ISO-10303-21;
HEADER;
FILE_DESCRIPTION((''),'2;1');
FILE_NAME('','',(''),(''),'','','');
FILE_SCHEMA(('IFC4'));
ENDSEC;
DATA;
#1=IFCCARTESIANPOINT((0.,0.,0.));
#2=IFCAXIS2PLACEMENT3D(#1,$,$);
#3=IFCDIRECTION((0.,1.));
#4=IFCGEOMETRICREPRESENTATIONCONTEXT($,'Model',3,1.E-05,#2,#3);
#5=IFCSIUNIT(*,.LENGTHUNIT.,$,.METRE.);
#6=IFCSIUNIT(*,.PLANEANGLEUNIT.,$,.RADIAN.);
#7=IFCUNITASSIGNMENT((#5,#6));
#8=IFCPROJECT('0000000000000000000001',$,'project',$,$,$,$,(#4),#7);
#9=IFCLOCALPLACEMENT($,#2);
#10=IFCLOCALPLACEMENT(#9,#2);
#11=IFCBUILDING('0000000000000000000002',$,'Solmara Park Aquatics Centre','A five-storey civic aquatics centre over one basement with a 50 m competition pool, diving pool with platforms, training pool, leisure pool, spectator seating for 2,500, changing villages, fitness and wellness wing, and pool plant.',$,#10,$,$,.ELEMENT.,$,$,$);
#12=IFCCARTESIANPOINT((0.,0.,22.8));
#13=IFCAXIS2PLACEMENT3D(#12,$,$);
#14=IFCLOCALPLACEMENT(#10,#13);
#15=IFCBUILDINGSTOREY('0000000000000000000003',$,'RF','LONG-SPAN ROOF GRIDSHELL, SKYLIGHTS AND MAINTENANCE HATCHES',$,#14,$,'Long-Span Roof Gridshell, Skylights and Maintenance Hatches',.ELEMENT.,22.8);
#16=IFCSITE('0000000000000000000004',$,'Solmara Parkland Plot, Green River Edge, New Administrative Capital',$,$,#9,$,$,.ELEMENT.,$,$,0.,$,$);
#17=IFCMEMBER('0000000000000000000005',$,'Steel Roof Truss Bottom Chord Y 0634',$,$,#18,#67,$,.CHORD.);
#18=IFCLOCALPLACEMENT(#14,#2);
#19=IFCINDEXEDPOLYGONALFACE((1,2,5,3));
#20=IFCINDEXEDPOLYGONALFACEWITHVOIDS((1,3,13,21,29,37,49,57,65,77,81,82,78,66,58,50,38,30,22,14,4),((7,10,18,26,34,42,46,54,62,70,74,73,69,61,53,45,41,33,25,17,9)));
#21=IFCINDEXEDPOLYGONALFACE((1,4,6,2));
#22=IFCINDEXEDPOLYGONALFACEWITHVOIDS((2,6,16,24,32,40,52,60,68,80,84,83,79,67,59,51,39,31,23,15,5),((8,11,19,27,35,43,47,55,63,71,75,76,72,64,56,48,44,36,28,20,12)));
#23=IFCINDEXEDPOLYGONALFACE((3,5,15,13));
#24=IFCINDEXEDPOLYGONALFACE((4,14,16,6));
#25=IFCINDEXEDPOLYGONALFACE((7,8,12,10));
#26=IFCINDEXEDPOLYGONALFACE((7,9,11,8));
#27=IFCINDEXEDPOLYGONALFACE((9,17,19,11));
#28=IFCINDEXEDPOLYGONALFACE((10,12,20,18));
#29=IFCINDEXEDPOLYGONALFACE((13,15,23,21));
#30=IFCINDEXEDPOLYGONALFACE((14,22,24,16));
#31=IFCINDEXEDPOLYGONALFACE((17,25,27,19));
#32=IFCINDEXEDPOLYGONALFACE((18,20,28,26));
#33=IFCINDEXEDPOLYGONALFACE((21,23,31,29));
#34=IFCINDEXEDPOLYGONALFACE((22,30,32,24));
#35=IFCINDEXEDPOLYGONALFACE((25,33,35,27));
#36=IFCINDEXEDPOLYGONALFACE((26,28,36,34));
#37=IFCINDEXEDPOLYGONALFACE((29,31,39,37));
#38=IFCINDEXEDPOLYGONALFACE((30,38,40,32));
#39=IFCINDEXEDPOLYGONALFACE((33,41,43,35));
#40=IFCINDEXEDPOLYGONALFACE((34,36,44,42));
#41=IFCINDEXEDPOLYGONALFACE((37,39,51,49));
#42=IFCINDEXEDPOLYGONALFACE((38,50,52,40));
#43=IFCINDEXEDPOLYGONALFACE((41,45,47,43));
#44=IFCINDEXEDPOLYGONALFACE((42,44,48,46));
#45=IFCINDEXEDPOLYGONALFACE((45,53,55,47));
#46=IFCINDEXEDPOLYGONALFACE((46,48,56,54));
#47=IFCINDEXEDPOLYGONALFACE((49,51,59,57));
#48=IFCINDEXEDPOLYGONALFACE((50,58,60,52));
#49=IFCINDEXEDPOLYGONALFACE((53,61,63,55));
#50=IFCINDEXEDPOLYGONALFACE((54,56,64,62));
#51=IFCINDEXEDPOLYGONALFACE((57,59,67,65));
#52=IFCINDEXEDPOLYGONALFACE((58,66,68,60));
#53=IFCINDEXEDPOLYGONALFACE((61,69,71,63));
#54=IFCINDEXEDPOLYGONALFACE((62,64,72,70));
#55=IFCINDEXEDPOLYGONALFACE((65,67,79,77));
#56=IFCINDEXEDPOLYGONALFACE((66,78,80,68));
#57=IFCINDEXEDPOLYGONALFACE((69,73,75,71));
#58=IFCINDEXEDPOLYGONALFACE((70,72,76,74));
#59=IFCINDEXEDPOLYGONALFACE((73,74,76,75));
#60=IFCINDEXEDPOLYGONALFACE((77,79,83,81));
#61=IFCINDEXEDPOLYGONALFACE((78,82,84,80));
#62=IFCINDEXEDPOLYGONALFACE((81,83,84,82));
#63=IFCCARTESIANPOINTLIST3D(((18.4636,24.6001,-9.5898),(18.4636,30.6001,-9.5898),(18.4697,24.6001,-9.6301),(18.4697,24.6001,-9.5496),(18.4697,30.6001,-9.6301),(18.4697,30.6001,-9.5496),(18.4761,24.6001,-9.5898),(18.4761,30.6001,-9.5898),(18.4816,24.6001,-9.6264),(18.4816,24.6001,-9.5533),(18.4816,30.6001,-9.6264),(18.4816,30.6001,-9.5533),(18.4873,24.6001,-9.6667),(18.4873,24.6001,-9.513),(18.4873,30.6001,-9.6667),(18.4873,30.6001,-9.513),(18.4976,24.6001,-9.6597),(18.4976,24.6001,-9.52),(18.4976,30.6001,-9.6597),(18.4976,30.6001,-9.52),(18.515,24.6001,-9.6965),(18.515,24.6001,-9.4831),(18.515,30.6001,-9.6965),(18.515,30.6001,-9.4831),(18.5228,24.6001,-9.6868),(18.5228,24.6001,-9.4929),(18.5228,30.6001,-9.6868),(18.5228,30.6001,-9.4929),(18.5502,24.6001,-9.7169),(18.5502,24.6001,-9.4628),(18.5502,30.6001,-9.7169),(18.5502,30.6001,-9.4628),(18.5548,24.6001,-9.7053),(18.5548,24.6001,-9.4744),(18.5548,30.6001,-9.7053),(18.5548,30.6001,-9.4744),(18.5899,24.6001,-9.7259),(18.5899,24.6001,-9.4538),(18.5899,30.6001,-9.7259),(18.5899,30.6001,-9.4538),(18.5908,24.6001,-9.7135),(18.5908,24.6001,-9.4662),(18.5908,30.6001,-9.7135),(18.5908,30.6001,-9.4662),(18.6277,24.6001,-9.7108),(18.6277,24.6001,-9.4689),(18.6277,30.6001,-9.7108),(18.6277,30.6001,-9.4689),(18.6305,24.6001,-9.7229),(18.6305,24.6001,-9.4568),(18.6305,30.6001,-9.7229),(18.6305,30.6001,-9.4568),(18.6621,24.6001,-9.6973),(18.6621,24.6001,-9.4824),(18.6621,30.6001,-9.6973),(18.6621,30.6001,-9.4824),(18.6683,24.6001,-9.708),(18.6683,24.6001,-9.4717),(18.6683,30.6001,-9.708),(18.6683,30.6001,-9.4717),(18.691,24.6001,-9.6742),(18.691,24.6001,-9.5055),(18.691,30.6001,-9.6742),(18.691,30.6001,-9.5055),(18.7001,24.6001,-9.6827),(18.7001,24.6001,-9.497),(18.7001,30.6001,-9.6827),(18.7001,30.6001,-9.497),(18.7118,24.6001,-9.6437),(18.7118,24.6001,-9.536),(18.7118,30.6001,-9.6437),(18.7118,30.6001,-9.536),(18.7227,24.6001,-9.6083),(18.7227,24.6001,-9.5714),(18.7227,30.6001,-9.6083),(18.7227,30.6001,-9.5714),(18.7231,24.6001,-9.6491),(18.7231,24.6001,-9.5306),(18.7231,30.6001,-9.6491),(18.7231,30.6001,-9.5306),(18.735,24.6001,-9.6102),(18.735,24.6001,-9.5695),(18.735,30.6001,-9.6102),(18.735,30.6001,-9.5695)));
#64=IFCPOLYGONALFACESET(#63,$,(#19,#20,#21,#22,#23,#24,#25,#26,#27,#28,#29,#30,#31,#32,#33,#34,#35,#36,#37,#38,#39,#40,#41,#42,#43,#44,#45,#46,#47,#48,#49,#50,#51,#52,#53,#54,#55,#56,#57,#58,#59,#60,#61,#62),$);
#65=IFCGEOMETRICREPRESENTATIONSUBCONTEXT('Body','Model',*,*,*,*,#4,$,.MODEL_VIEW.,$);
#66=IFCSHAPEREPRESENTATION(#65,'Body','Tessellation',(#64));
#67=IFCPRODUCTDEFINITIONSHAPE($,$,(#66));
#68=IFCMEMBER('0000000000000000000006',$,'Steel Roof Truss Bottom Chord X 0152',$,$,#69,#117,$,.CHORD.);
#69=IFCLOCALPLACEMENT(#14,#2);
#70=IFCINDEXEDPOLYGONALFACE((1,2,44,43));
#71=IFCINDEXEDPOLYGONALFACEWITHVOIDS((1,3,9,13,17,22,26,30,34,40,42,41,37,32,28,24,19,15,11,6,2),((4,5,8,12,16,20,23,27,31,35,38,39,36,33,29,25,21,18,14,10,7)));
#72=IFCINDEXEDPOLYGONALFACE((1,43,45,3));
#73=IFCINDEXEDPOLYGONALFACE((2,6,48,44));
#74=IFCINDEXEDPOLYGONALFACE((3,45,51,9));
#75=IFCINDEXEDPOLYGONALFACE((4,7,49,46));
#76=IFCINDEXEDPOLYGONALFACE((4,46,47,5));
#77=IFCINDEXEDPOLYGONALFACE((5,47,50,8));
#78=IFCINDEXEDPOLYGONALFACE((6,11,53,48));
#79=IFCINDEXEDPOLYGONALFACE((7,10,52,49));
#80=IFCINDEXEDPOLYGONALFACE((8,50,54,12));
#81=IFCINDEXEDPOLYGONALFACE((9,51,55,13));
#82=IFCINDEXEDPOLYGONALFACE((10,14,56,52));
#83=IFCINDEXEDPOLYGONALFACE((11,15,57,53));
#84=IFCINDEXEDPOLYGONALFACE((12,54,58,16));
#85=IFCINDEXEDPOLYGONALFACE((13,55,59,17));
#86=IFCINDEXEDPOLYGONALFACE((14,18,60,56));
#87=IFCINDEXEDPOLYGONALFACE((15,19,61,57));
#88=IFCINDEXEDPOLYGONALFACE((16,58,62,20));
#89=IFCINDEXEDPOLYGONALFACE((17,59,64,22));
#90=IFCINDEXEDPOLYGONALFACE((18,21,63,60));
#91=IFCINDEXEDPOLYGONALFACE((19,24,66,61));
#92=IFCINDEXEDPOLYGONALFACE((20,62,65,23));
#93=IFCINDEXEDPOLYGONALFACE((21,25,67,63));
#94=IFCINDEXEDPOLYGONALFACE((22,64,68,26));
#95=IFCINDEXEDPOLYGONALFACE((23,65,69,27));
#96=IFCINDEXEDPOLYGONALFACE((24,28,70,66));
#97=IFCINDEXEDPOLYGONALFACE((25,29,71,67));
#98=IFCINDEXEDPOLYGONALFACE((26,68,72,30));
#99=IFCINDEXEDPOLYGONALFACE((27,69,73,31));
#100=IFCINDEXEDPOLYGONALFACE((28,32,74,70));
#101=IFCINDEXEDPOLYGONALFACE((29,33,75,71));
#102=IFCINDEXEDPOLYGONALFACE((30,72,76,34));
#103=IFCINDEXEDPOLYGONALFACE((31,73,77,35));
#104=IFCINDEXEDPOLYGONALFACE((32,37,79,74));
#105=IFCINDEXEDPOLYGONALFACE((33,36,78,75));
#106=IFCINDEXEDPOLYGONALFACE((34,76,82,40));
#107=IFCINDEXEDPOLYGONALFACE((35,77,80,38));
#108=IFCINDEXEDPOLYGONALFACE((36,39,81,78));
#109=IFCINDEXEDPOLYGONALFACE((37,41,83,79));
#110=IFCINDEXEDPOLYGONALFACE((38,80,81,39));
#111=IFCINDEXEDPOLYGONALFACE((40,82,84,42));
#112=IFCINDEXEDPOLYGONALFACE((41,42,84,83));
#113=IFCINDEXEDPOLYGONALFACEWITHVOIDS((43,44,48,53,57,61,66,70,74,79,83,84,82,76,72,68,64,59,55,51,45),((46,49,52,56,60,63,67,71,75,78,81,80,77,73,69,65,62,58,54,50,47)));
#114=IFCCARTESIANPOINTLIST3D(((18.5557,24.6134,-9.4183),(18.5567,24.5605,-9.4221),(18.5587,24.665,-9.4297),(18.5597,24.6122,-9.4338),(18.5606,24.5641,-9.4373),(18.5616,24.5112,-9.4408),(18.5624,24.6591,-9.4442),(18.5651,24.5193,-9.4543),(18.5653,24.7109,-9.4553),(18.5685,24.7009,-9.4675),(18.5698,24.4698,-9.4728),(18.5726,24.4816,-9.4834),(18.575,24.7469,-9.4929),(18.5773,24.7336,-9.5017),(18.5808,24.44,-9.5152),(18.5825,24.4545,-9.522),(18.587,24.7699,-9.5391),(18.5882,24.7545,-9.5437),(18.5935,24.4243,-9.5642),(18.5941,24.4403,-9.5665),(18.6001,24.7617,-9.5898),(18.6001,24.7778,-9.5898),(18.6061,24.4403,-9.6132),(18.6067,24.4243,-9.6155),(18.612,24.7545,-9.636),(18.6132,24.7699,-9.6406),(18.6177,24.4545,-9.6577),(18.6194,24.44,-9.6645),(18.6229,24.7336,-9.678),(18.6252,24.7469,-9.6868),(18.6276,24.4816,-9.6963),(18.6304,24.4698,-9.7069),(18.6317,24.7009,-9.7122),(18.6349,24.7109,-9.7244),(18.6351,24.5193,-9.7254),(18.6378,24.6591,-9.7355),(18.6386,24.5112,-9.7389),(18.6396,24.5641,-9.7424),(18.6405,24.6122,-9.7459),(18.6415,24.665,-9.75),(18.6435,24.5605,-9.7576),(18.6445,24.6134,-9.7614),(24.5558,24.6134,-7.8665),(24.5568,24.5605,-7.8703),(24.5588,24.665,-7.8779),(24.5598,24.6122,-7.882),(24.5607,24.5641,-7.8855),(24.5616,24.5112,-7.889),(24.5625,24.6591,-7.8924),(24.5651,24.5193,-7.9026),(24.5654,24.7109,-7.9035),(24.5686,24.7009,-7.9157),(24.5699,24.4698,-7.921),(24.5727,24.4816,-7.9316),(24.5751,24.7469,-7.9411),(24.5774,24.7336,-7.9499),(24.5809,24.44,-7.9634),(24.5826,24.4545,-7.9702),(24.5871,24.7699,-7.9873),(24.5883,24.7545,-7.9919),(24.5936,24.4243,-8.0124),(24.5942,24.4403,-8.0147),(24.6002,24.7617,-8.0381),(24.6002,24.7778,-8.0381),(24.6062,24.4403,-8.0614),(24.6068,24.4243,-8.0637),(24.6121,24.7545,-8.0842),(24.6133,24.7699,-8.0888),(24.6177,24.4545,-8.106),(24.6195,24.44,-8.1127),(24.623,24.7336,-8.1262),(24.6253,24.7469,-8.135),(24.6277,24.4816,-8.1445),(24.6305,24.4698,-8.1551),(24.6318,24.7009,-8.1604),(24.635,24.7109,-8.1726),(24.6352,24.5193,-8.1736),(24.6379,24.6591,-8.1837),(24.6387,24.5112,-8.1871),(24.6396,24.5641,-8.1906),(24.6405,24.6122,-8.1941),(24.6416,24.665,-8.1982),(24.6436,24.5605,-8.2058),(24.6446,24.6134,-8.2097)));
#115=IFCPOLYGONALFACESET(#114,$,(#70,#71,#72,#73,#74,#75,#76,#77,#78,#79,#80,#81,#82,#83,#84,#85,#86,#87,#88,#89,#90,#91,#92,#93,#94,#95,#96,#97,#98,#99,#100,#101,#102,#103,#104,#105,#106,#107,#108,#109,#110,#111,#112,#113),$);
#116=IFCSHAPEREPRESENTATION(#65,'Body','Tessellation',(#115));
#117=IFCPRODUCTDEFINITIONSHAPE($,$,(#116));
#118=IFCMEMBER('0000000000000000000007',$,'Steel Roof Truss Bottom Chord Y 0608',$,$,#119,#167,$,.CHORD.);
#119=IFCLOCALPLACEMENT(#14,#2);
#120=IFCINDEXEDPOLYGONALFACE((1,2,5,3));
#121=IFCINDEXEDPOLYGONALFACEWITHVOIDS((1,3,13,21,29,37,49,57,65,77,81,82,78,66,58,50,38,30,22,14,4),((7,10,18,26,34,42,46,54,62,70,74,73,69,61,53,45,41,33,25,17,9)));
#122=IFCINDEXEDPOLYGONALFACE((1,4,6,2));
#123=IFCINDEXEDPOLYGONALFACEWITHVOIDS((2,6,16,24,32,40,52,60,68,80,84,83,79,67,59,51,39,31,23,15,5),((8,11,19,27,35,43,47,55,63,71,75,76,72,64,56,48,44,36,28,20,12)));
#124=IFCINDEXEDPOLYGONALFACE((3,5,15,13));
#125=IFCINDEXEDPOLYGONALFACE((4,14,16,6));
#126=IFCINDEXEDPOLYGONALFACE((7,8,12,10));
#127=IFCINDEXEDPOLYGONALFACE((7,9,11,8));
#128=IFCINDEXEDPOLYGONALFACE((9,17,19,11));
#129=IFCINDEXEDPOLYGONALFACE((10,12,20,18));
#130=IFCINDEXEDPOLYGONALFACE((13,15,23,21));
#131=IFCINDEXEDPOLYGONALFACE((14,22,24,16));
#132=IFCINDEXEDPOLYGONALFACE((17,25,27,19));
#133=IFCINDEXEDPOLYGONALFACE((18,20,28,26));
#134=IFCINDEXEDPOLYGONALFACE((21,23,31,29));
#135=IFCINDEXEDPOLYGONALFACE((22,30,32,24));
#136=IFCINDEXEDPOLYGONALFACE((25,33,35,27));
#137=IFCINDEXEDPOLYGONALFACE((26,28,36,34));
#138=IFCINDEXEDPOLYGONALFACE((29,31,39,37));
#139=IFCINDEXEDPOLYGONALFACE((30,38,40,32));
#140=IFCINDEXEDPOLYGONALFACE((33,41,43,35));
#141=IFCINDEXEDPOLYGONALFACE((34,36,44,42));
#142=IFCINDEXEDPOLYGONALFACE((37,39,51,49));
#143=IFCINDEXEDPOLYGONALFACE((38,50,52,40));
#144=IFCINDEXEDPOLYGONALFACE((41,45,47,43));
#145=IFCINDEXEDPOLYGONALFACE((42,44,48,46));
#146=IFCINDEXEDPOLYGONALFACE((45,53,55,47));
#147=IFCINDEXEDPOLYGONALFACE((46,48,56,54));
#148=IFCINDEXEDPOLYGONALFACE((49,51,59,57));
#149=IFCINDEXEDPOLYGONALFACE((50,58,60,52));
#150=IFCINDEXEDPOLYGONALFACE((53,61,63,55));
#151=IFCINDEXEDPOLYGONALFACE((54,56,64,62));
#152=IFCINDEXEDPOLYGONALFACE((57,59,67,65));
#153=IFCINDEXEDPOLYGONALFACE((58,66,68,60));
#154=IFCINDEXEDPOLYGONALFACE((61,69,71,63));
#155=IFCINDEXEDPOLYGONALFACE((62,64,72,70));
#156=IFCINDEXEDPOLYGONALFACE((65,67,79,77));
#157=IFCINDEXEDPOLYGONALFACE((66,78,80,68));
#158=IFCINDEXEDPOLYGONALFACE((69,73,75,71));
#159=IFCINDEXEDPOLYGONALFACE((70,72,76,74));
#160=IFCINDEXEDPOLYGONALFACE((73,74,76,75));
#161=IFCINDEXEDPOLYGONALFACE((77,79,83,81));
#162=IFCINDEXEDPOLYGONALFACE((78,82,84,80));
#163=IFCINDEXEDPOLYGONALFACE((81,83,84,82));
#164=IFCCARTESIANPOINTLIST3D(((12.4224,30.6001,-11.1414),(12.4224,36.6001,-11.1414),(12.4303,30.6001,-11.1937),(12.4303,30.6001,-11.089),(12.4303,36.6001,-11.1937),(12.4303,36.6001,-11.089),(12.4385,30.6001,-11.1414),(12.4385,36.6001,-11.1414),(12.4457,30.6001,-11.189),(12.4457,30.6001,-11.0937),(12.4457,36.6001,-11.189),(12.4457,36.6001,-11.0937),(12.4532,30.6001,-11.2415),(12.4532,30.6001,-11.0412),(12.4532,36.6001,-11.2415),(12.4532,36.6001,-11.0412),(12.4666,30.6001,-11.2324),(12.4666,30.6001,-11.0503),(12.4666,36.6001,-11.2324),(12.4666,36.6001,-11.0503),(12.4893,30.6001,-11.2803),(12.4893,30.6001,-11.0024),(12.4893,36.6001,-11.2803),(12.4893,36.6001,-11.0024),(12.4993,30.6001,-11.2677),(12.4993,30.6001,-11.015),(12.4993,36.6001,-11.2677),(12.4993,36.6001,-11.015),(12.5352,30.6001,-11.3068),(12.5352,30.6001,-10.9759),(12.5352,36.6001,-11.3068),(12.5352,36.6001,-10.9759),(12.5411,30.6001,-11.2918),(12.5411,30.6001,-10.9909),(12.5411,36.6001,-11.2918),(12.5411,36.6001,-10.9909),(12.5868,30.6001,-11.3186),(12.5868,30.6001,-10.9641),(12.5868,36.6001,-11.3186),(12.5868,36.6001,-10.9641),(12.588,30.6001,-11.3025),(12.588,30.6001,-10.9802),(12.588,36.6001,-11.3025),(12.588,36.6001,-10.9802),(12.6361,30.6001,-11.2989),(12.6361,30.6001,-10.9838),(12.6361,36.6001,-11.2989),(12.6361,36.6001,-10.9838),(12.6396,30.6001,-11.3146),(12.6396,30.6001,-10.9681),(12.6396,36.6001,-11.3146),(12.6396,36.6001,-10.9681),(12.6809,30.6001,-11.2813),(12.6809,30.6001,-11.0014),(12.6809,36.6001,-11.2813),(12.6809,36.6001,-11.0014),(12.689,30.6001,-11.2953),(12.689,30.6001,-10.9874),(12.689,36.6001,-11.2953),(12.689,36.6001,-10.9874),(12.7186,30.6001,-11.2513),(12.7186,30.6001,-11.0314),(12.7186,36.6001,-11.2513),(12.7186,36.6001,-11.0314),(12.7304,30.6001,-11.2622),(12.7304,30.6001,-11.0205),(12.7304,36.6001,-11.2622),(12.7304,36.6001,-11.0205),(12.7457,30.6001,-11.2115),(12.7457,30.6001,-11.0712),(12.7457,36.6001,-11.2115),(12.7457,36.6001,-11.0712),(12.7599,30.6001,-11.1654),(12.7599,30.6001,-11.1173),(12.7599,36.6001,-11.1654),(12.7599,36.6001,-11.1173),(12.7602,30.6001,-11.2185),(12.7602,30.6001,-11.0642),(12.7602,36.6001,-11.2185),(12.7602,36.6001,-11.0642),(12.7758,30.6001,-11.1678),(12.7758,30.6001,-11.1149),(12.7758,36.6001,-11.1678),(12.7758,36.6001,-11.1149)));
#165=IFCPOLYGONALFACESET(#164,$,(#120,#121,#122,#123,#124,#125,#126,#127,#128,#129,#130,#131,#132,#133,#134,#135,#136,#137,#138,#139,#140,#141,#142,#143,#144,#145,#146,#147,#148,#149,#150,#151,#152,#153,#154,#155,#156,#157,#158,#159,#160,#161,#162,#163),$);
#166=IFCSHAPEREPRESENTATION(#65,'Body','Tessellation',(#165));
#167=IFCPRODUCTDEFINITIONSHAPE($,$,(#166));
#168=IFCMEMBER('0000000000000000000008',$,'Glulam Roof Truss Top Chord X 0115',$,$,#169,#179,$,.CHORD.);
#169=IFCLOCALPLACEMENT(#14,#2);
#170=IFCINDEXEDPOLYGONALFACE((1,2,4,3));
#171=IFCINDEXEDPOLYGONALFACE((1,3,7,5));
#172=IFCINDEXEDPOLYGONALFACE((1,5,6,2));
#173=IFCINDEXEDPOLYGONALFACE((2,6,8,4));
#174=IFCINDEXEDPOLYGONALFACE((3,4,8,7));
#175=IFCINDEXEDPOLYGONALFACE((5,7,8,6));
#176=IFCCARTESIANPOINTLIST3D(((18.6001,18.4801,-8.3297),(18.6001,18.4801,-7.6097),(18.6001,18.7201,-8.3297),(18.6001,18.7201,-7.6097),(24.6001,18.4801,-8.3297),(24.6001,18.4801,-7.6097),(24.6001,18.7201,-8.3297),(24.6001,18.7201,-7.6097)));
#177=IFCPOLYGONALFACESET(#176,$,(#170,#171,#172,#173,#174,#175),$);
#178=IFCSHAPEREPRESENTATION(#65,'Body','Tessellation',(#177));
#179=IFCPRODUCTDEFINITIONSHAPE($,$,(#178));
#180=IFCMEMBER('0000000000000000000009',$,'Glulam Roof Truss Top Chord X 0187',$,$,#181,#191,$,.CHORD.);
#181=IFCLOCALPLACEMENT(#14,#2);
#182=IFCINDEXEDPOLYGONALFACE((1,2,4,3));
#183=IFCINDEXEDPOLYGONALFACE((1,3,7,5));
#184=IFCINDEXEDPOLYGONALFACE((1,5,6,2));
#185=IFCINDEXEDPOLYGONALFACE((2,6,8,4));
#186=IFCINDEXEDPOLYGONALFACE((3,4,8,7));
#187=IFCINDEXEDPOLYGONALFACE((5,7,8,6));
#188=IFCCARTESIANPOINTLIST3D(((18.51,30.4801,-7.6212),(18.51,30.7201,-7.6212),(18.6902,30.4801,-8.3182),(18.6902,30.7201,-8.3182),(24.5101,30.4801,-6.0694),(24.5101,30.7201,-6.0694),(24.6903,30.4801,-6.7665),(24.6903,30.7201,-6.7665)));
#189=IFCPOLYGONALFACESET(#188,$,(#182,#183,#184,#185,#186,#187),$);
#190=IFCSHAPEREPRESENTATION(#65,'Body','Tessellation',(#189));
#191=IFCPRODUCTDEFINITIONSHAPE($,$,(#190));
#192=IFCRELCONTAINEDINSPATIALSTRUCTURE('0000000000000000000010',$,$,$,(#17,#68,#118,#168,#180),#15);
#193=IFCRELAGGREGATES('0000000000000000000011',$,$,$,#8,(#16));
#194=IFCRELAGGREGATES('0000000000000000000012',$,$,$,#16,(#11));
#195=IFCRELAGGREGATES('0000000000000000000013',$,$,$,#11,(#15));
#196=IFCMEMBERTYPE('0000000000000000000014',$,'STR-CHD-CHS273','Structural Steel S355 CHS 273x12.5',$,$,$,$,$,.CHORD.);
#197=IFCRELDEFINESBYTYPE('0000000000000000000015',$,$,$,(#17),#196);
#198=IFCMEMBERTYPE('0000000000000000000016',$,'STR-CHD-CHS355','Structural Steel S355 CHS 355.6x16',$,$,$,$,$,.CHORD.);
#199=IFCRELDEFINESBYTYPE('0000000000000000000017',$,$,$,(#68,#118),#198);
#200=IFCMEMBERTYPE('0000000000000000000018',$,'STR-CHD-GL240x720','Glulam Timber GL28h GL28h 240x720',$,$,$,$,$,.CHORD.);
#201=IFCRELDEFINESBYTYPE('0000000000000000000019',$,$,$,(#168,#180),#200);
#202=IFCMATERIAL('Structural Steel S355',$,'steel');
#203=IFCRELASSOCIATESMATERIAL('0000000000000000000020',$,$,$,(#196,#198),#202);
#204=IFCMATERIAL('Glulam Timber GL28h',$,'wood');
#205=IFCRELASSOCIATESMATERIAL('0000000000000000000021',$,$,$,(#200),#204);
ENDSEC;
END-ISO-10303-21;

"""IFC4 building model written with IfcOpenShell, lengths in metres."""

from ifc_helpers import new_model, si_unit, direction, frame, origin, origin_2d, place, context, subcontext, project, spatial, rectangle, hollow_circle, extrude, material, material_profile, profile_set, type_object, element, save


model = new_model("IFC4")

# Units and contexts
model_context = context("Model", 3, precision=1e-05, world=origin(), true_north=direction((0.0, 1.0)))
body_context = subcontext(model_context, "Body", "Model", "MODEL_VIEW")
ifc_project = project(units=[si_unit("LENGTHUNIT", "METRE"), si_unit("PLANEANGLEUNIT", "RADIAN")], contexts=[model_context])

# Site, building, storey
site_placement = place(None, origin())
site = spatial("IfcSite", under=ifc_project, at=site_placement, Name="Solmara Parkland Plot, Green River Edge, New Administrative Capital", CompositionType="ELEMENT", RefElevation=0.0)
building_placement = place(site_placement, origin())
building = spatial("IfcBuilding", under=site, at=building_placement, Name="Solmara Park Aquatics Centre", Description="A five-storey civic aquatics centre over one basement with a 50 m competition pool, diving pool with platforms, training pool, leisure pool, spectator seating for 2,500, changing villages, fitness and wellness wing, and pool plant.", CompositionType="ELEMENT")
storey_placement = place(building_placement, frame((0.0, 0.0, 22.8)))
storey = spatial("IfcBuildingStorey", under=building, at=storey_placement, Name="RF", Description="LONG-SPAN ROOF GRIDSHELL, SKYLIGHTS AND MAINTENANCE HATCHES", LongName="Long-Span Roof Gridshell, Skylights and Maintenance Hatches", CompositionType="ELEMENT", Elevation=22.8)

# Members
ifc_material_1 = material(Name="Structural Steel S355", Category="steel")
ifc_material_profile_1 = material_profile(ifc_material_1, hollow_circle(Radius=0.1365, WallThickness=0.0125, at=origin_2d()), Name="CHS 273x12.5")
ifc_profile_set_1 = profile_set([ifc_material_profile_1], Name="Structural Steel S355")
member_type_1 = type_object("IfcMemberType", Name="STR-CHD-CHS273", Description="Structural Steel S355 CHS 273x12.5", PredefinedType="CHORD", material=ifc_profile_set_1)
for number, where, z_axis, x_axis, name in (
    (1, (18.6001, 24.6001, -9.5898), (0.0, 1.0, 0.0), (-1.0, 0.0, 0.0), "Steel Roof Truss Bottom Chord Y 0634"),
):
    element("IfcMember", number, at=place(storey_placement, frame(where, z_axis=z_axis, x_axis=x_axis)), inside=storey, type_object=member_type_1, Name=name, PredefinedType="CHORD", context=body_context, shape_type="SweptSolid", body=[
        extrude(hollow_circle(Radius=0.1365, WallThickness=0.0125, at=origin_2d()), origin(), (0.0, 0.0, 1.0), 6.0),
    ])
ifc_material_profile_2 = material_profile(ifc_material_1, hollow_circle(Radius=0.1777, WallThickness=0.0161, at=origin_2d()), Name="CHS 355.6x16")
ifc_profile_set_2 = profile_set([ifc_material_profile_2], Name="Structural Steel S355")
member_type_2 = type_object("IfcMemberType", Name="STR-CHD-CHS355", Description="Structural Steel S355 CHS 355.6x16", PredefinedType="CHORD", material=ifc_profile_set_2)
member_1_placement = place(storey_placement, frame((18.6001, 24.6001, -9.5898), z_axis=(0.968146, 0.0, 0.250388), x_axis=(0.0, 1.0, 0.0)))
element("IfcMember", 2, at=member_1_placement, inside=storey, type_object=member_type_2, Name="Steel Roof Truss Bottom Chord X 0152", PredefinedType="CHORD", context=body_context, shape_type="SweptSolid", body=[
    extrude(hollow_circle(Radius=0.1777, WallThickness=0.0161, at=origin_2d()), origin(), (0.0, 0.0, 1.0), 6.1975),
])
member_2_placement = place(storey_placement, frame((12.6001, 30.6001, -11.1414), z_axis=(0.0, 1.0, 0.0), x_axis=(-1.0, 0.0, 0.0)))
element("IfcMember", 3, at=member_2_placement, inside=storey, type_object=member_type_2, Name="Steel Roof Truss Bottom Chord Y 0608", PredefinedType="CHORD", context=body_context, shape_type="SweptSolid", body=[
    extrude(hollow_circle(Radius=0.1777, WallThickness=0.0161, at=origin_2d()), origin(), (0.0, 0.0, 1.0), 6.0),
])
ifc_material_2 = material(Name="Glulam Timber GL28h", Category="wood")
ifc_material_profile_3 = material_profile(ifc_material_2, rectangle(XDim=0.24, YDim=0.72, at=origin_2d()), Name="GL28h 240x720")
ifc_profile_set_3 = profile_set([ifc_material_profile_3], Name="Glulam Timber GL28h")
member_type_3 = type_object("IfcMemberType", Name="STR-CHD-GL240x720", Description="Glulam Timber GL28h GL28h 240x720", PredefinedType="CHORD", material=ifc_profile_set_3)
member_3_placement = place(storey_placement, frame((18.6001, 18.6001, -7.9697), z_axis=(1.0, 0.0, 0.0), x_axis=(0.0, 1.0, 0.0)))
element("IfcMember", 4, at=member_3_placement, inside=storey, type_object=member_type_3, Name="Glulam Roof Truss Top Chord X 0115", PredefinedType="CHORD", context=body_context, shape_type="SweptSolid", body=[
    extrude(rectangle(XDim=0.24, YDim=0.72, at=origin_2d()), origin(), (0.0, 0.0, 1.0), 6.0),
])
member_4_placement = place(storey_placement, frame((18.6001, 30.6001, -7.9697), z_axis=(0.968146, 0.0, 0.250388), x_axis=(0.0, 1.0, 0.0)))
element("IfcMember", 5, at=member_4_placement, inside=storey, type_object=member_type_3, Name="Glulam Roof Truss Top Chord X 0187", PredefinedType="CHORD", context=body_context, shape_type="SweptSolid", body=[
    extrude(rectangle(XDim=0.24, YDim=0.72, at=origin_2d()), origin(), (0.0, 0.0, 1.0), 6.1975),
])

save(model, "model.ifc")
